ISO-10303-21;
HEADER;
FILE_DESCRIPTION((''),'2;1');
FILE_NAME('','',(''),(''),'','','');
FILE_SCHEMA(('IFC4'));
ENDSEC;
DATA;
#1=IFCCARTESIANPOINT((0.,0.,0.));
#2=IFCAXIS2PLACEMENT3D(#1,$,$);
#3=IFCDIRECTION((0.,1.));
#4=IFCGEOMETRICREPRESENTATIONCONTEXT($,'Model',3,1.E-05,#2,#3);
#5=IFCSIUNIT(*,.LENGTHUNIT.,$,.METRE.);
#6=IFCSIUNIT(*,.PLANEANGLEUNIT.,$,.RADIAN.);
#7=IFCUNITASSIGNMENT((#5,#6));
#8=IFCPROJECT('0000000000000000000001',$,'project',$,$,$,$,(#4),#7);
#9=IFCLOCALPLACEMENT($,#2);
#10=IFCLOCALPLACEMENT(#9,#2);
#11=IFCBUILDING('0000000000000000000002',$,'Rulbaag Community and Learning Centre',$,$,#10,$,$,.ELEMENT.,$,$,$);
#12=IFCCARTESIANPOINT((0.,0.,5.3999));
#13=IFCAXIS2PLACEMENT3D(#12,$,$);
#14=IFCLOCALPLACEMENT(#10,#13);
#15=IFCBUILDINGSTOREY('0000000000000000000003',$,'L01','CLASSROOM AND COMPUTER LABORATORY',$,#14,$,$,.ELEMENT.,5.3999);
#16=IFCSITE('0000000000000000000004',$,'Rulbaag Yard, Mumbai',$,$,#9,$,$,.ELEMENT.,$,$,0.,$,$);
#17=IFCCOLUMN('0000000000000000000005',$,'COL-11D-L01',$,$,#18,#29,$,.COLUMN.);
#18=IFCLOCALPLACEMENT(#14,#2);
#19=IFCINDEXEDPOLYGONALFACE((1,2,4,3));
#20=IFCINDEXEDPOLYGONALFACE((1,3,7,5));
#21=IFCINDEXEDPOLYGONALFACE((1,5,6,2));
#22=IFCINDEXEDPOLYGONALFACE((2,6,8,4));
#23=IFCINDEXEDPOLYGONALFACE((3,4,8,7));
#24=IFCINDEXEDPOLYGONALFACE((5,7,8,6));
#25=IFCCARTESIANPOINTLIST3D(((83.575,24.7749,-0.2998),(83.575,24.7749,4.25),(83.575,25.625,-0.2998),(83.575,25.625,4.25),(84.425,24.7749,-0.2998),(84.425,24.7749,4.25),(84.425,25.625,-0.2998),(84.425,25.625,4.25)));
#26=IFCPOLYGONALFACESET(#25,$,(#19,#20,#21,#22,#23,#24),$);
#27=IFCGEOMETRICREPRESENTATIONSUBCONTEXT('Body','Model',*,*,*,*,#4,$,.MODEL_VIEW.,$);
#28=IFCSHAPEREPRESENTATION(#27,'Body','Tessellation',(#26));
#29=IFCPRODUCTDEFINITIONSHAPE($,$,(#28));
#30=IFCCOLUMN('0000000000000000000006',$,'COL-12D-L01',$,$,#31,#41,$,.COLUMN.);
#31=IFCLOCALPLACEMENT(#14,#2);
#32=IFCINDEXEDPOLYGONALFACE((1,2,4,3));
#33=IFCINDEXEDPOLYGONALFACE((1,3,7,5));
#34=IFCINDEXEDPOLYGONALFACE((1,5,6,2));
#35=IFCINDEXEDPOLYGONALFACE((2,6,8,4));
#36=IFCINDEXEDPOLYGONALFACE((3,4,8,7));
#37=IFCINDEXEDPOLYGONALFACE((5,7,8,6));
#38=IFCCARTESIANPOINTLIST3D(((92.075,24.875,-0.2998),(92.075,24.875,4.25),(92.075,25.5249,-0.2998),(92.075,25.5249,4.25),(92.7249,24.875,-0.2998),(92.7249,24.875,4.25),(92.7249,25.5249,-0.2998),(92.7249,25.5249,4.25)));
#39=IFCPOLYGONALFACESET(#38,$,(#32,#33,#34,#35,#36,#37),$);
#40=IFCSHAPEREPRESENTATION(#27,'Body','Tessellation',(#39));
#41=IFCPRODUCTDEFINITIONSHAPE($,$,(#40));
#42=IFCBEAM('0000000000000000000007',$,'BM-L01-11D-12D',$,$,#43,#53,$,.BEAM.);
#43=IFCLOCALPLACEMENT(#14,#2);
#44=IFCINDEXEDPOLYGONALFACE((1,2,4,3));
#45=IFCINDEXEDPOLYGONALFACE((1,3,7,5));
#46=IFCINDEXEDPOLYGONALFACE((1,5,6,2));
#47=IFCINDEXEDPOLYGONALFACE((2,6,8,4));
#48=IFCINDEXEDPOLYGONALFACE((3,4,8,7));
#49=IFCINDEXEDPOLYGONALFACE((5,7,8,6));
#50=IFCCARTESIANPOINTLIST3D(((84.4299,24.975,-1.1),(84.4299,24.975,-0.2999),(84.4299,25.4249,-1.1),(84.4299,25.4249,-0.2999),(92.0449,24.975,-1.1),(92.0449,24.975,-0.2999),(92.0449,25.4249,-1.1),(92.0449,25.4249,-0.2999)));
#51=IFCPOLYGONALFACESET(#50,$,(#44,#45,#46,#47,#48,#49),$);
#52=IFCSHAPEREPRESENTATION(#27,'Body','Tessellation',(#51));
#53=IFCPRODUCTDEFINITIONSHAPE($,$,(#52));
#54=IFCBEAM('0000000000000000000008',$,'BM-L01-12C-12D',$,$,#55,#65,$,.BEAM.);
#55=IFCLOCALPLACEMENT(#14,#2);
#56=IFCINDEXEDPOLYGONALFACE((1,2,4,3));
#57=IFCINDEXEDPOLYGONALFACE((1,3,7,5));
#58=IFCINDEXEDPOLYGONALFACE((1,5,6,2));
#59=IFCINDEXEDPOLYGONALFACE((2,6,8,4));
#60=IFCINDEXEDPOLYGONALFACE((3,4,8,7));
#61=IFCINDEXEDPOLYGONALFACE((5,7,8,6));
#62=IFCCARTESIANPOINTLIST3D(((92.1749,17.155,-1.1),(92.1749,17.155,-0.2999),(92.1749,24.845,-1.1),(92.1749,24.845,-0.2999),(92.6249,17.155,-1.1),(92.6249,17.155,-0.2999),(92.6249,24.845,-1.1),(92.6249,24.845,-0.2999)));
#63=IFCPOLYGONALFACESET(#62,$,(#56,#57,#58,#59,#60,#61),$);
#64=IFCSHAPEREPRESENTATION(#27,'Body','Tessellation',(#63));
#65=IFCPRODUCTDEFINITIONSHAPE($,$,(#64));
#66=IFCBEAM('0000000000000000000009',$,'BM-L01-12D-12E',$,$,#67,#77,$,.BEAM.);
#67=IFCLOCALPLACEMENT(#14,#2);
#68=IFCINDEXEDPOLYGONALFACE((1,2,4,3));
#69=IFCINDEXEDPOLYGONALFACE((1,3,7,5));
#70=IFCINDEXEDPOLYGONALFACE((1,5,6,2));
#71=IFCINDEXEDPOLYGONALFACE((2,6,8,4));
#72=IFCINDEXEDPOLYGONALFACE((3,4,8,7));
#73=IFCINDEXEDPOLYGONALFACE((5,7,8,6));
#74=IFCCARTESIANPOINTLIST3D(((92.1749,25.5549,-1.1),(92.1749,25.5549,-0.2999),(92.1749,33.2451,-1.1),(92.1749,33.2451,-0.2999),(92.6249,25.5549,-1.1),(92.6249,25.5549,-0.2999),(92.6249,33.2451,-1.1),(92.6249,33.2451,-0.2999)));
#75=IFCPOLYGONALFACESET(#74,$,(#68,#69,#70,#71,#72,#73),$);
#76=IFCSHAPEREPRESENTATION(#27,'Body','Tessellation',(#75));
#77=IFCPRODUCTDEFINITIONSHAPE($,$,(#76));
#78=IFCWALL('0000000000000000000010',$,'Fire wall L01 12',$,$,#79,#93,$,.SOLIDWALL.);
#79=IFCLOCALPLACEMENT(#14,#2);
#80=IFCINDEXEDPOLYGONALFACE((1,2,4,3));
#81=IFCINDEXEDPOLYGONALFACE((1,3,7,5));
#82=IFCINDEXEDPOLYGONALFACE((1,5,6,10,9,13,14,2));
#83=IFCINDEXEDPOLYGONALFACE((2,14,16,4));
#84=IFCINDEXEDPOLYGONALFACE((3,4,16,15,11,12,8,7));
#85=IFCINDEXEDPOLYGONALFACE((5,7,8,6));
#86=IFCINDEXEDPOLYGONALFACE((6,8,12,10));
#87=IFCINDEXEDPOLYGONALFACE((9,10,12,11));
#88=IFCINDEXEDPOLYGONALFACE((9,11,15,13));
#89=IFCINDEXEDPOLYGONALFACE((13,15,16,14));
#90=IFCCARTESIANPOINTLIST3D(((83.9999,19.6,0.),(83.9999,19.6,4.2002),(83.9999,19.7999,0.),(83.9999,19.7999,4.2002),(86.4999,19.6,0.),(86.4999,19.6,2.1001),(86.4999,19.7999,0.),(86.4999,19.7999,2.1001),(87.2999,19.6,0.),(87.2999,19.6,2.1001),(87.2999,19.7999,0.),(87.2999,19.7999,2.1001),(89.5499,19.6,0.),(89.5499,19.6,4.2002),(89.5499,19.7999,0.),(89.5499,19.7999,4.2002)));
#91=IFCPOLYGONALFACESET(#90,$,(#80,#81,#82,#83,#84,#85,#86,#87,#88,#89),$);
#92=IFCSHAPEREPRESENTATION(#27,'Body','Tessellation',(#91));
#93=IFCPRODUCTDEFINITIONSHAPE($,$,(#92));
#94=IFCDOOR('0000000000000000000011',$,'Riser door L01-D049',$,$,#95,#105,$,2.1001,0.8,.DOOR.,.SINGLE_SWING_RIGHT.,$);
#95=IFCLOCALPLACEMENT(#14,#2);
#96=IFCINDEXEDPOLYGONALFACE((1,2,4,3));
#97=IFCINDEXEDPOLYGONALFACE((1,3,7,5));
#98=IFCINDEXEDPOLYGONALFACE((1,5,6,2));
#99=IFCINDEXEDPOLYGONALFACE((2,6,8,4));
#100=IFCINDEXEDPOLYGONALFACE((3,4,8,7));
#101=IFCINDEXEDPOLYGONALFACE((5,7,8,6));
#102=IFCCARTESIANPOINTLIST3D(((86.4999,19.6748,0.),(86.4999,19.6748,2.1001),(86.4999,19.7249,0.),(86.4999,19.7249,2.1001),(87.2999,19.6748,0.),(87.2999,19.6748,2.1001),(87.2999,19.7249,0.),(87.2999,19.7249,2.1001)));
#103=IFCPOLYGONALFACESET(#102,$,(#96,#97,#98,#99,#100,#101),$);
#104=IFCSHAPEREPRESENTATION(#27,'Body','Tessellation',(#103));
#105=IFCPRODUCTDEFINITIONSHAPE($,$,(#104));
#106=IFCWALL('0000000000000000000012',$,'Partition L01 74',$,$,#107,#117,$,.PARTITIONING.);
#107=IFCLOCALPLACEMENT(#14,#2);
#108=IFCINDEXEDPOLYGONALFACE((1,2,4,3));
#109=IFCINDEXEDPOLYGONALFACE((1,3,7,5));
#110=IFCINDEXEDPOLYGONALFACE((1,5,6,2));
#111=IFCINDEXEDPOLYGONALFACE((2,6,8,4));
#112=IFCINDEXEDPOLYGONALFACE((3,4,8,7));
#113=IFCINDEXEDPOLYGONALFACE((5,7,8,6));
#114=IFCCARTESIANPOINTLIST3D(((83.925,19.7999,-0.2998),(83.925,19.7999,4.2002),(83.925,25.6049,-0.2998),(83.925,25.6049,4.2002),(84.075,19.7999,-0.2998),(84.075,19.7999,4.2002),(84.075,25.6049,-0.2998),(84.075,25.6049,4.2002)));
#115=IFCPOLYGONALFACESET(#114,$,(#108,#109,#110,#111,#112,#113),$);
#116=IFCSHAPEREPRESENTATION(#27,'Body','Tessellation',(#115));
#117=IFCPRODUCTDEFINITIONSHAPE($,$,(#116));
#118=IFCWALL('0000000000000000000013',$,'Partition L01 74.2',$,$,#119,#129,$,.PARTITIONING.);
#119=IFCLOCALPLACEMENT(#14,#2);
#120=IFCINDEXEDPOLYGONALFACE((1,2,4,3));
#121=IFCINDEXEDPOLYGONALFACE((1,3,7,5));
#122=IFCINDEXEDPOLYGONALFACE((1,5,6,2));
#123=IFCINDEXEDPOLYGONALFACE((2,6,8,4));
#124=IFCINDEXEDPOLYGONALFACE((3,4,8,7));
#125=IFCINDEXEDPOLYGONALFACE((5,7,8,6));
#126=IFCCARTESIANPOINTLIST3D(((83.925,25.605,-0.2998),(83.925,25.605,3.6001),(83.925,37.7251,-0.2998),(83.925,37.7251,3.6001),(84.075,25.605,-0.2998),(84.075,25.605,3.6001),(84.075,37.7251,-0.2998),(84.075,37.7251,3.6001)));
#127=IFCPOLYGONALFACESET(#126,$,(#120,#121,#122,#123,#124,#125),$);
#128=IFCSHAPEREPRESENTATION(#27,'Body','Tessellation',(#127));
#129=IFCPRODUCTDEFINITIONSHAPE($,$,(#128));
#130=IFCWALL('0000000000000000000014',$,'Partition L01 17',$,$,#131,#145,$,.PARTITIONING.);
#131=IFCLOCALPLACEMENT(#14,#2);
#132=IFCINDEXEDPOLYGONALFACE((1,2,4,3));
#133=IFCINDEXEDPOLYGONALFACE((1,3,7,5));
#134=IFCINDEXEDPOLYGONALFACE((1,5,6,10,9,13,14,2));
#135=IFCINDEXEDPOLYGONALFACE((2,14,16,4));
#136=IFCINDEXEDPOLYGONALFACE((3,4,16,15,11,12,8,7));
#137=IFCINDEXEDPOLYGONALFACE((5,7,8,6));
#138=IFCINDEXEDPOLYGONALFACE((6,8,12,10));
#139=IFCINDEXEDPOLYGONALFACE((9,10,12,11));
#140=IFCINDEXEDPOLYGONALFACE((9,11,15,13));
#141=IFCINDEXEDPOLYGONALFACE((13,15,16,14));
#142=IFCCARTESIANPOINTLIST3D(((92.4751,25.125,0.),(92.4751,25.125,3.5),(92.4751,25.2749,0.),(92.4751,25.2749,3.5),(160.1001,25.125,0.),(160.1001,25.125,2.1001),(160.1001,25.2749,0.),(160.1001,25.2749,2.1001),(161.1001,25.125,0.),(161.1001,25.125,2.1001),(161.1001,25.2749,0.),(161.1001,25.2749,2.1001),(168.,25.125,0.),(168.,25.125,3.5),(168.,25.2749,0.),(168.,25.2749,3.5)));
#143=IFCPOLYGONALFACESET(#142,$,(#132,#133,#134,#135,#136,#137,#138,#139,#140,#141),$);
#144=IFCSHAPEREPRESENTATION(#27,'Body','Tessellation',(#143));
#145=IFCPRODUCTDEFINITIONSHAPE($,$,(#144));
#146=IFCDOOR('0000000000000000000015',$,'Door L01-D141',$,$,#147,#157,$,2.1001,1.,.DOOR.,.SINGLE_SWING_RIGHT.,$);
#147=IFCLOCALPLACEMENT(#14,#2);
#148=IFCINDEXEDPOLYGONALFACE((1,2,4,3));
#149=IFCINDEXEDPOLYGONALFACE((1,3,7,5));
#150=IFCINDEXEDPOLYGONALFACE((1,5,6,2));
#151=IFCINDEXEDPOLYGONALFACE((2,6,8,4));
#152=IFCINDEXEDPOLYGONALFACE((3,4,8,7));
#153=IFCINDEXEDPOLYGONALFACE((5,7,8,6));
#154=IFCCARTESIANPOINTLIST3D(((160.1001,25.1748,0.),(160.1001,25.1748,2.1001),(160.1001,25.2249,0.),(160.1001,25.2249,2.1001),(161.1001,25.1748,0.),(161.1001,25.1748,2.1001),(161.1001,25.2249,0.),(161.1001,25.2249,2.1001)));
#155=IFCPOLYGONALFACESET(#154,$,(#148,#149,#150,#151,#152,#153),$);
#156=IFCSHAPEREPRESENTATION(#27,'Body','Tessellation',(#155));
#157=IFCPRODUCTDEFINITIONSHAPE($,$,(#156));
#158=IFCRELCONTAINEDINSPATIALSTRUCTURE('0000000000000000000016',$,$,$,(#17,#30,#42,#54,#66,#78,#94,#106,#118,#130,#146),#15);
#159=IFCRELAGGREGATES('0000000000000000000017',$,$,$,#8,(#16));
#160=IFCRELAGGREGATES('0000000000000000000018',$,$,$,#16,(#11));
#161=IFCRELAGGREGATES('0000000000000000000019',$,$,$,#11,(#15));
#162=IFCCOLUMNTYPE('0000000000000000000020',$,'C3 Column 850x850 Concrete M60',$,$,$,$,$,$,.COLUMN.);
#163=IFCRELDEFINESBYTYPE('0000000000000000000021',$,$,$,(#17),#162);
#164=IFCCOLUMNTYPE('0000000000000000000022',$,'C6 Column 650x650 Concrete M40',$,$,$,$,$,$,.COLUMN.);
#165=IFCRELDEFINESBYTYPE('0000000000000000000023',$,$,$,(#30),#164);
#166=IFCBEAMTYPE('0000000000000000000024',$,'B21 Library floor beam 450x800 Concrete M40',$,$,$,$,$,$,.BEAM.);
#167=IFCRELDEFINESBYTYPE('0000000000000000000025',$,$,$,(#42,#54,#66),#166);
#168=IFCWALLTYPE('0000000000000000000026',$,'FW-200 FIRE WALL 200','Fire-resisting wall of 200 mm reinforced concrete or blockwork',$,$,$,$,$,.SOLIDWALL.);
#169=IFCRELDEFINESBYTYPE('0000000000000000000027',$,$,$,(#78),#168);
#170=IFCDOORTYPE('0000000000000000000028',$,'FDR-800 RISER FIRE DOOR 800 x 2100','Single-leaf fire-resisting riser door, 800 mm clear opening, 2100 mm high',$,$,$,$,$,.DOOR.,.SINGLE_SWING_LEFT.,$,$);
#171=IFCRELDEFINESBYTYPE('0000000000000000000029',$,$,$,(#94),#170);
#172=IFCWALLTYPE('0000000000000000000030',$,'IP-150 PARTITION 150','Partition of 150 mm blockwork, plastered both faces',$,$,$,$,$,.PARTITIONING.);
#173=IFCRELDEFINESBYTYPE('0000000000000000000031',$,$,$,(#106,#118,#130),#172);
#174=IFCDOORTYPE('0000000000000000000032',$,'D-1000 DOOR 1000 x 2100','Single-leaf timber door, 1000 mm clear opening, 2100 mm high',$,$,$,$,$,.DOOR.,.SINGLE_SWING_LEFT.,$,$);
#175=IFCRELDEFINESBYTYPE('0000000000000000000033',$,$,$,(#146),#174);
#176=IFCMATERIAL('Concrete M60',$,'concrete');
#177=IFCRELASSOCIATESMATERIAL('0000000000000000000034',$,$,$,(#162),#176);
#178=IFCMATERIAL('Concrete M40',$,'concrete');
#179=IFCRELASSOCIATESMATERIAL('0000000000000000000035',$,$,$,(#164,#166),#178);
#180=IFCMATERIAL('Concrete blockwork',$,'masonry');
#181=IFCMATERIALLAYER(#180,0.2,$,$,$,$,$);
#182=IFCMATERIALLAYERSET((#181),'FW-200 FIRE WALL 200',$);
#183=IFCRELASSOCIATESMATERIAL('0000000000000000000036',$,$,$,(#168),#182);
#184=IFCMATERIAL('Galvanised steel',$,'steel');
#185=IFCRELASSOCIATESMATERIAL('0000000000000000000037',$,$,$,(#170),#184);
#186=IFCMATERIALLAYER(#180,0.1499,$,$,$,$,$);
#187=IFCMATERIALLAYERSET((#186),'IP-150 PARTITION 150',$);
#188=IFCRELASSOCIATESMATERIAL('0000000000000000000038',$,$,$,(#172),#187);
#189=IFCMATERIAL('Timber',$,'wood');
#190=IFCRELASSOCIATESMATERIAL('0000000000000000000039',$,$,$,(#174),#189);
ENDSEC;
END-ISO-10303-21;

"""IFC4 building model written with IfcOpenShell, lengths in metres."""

from ifc_helpers import new_model, si_unit, direction, frame, frame_2d, origin, origin_2d, place, context, subcontext, project, spatial, rectangle, extrude, material, layer, layer_set, material_profile, profile_set, type_object, element, fill, save


model = new_model("IFC4")

# Units and contexts
model_context = context("Model", 3, precision=1e-05, world=origin(), true_north=direction((0.0, 1.0)))
body_context = subcontext(model_context, "Body", "Model", "MODEL_VIEW")
ifc_project = project(units=[si_unit("LENGTHUNIT", "METRE"), si_unit("PLANEANGLEUNIT", "RADIAN")], contexts=[model_context])

# Site, building, storey
site_placement = place(None, origin())
site = spatial("IfcSite", under=ifc_project, at=site_placement, Name="Rulbaag Yard, Mumbai", CompositionType="ELEMENT", RefElevation=0.0)
building_placement = place(site_placement, origin())
building = spatial("IfcBuilding", under=site, at=building_placement, Name="Rulbaag Community and Learning Centre", CompositionType="ELEMENT")
storey_placement = place(building_placement, frame((0.0, 0.0, 5.3999)))
storey = spatial("IfcBuildingStorey", under=building, at=storey_placement, Name="L01", Description="CLASSROOM AND COMPUTER LABORATORY", CompositionType="ELEMENT", Elevation=5.3999)

# Columns
ifc_material_1 = material(Name="Concrete M60", Category="concrete")
ifc_material_profile_1 = material_profile(ifc_material_1, rectangle(XDim=0.8501, YDim=0.8501, at=origin_2d()), Name="RC850x850")
ifc_profile_set_1 = profile_set([ifc_material_profile_1], Name="Concrete M60")
column_type_1 = type_object("IfcColumnType", Name="C3 Column 850x850 Concrete M60", PredefinedType="COLUMN", material=ifc_profile_set_1)
column_1_placement = place(storey_placement, frame((84.0, 25.2, -0.2998), z_axis=(0.0, 0.0, 1.0), x_axis=(1.0, 0.0, 0.0)))
element("IfcColumn", 1, at=column_1_placement, inside=storey, type_object=column_type_1, Name="COL-11D-L01", PredefinedType="COLUMN", context=body_context, shape_type="SweptSolid", body=[
    extrude(rectangle(XDim=0.8501, YDim=0.8501, at=origin_2d()), origin(), (0.0, 0.0, 1.0), 4.5498),
])
ifc_material_2 = material(Name="Concrete M40", Category="concrete")
ifc_material_profile_2 = material_profile(ifc_material_2, rectangle(XDim=0.6499, YDim=0.6499, at=origin_2d()), Name="RC650x650")
ifc_profile_set_2 = profile_set([ifc_material_profile_2], Name="Concrete M40")
column_type_2 = type_object("IfcColumnType", Name="C6 Column 650x650 Concrete M40", PredefinedType="COLUMN", material=ifc_profile_set_2)
column_2_placement = place(storey_placement, frame((92.3999, 25.2, -0.2998), z_axis=(0.0, 0.0, 1.0), x_axis=(1.0, 0.0, 0.0)))
element("IfcColumn", 2, at=column_2_placement, inside=storey, type_object=column_type_2, Name="COL-12D-L01", PredefinedType="COLUMN", context=body_context, shape_type="SweptSolid", body=[
    extrude(rectangle(XDim=0.6499, YDim=0.6499, at=origin_2d()), origin(), (0.0, 0.0, 1.0), 4.5498),
])

# Beams
ifc_material_profile_3 = material_profile(ifc_material_2, rectangle(XDim=0.45, YDim=0.8, at=origin_2d()), Name="RB450x800")
ifc_profile_set_3 = profile_set([ifc_material_profile_3], Name="Concrete M40")
beam_type = type_object("IfcBeamType", Name="B21 Library floor beam 450x800 Concrete M40", PredefinedType="BEAM", material=ifc_profile_set_3)
beam_1_placement = place(storey_placement, frame((84.4299, 25.2, -0.7), z_axis=(1.0, 0.0, 0.0), x_axis=(0.0, 1.0, 0.0)))
element("IfcBeam", 3, at=beam_1_placement, inside=storey, type_object=beam_type, Name="BM-L01-11D-12D", PredefinedType="BEAM", context=body_context, shape_type="SweptSolid", body=[
    extrude(rectangle(XDim=0.45, YDim=0.8, at=origin_2d()), origin(), (0.0, 0.0, 1.0), 7.615),
])
beam_2_placement = place(storey_placement, frame((92.3999, 17.155, -0.7), z_axis=(0.0, 1.0, 0.0), x_axis=(-1.0, 0.0, 0.0)))
element("IfcBeam", 4, at=beam_2_placement, inside=storey, type_object=beam_type, Name="BM-L01-12C-12D", PredefinedType="BEAM", context=body_context, shape_type="SweptSolid", body=[
    extrude(rectangle(XDim=0.45, YDim=0.8, at=origin_2d()), origin(), (0.0, 0.0, 1.0), 7.6899),
])
beam_3_placement = place(storey_placement, frame((92.3999, 25.5549, -0.7), z_axis=(0.0, 1.0, 0.0), x_axis=(-1.0, 0.0, 0.0)))
element("IfcBeam", 5, at=beam_3_placement, inside=storey, type_object=beam_type, Name="BM-L01-12D-12E", PredefinedType="BEAM", context=body_context, shape_type="SweptSolid", body=[
    extrude(rectangle(XDim=0.45, YDim=0.8, at=origin_2d()), origin(), (0.0, 0.0, 1.0), 7.6902),
])

# Wall, opening, door
ifc_material_3 = material(Name="Concrete blockwork", Category="masonry")
ifc_layer_1 = layer(ifc_material_3, 0.2)
ifc_layer_set_1 = layer_set([ifc_layer_1], Name="FW-200 FIRE WALL 200")
wall_type_1 = type_object("IfcWallType", Name="FW-200 FIRE WALL 200", Description="Fire-resisting wall of 200 mm reinforced concrete or blockwork", PredefinedType="SOLIDWALL", material=ifc_layer_set_1)
wall_1_placement = place(storey_placement, frame((84.0, 19.7, 0.0), z_axis=(0.0, 0.0, 1.0), x_axis=(1.0, 0.0, 0.0)))
wall_1 = element("IfcWall", 6, at=wall_1_placement, inside=storey, type_object=wall_type_1, Name="Fire wall L01 12", PredefinedType="SOLIDWALL", context=body_context, shape_type="SweptSolid", body=[
    extrude(rectangle(XDim=5.55, YDim=0.2, at=frame_2d((2.7749, 0.0))), origin(), (0.0, 0.0, 1.0), 4.2002),
])
opening_1_placement = place(wall_1_placement, frame((2.5, 0.0, 0.0)))
opening_1 = element("IfcOpeningElement", 7, at=opening_1_placement, cuts=wall_1, PredefinedType="OPENING", context=body_context, shape_type="SweptSolid", body=[
    extrude(rectangle(XDim=0.8, YDim=2.1001, at=frame_2d((0.3999, 1.05))), frame((0.0, 0.1099, 0.0), z_axis=(0.0, -1.0, 0.0), x_axis=(1.0, 0.0, 0.0)), (0.0, 0.0, 1.0), 0.22),
])
ifc_material_4 = material(Name="Galvanised steel", Category="steel")
door_type_1 = type_object("IfcDoorType", Name="FDR-800 RISER FIRE DOOR 800 x 2100", Description="Single-leaf fire-resisting riser door, 800 mm clear opening, 2100 mm high", OperationType="SINGLE_SWING_LEFT", PredefinedType="DOOR", material=ifc_material_4)
door_1_placement = place(opening_1_placement, origin())
door_1 = element("IfcDoor", 8, at=door_1_placement, inside=storey, type_object=door_type_1, Name="Riser door L01-D049", OperationType="SINGLE_SWING_RIGHT", OverallHeight=2.1001, OverallWidth=0.8, PredefinedType="DOOR", context=body_context, shape_type="SweptSolid", body=[
    extrude(rectangle(XDim=0.8, YDim=2.1001, at=frame_2d((0.3999, 1.05))), frame((0.0, 0.0249, 0.0), z_axis=(0.0, -1.0, 0.0), x_axis=(1.0, 0.0, 0.0)), (0.0, 0.0, 1.0), 0.05),
])
fill(opening_1, door_1)

# Walls
ifc_layer_2 = layer(ifc_material_3, 0.1499)
ifc_layer_set_2 = layer_set([ifc_layer_2], Name="IP-150 PARTITION 150")
wall_type_2 = type_object("IfcWallType", Name="IP-150 PARTITION 150", Description="Partition of 150 mm blockwork, plastered both faces", PredefinedType="PARTITIONING", material=ifc_layer_set_2)
wall_2_placement = place(storey_placement, frame((84.0, 19.8, -0.2998), z_axis=(0.0, 0.0, 1.0), x_axis=(0.0, 1.0, 0.0)))
element("IfcWall", 9, at=wall_2_placement, inside=storey, type_object=wall_type_2, Name="Partition L01 74", PredefinedType="PARTITIONING", context=body_context, shape_type="SweptSolid", body=[
    extrude(rectangle(XDim=5.8049, YDim=0.1499, at=frame_2d((2.9023, 0.0))), origin(), (0.0, 0.0, 1.0), 4.5),
])
wall_3_placement = place(storey_placement, frame((84.0, 25.605, -0.2998), z_axis=(0.0, 0.0, 1.0), x_axis=(0.0, 1.0, 0.0)))
element("IfcWall", 10, at=wall_3_placement, inside=storey, type_object=wall_type_2, Name="Partition L01 74.2", PredefinedType="PARTITIONING", context=body_context, shape_type="SweptSolid", body=[
    extrude(rectangle(XDim=12.1201, YDim=0.1499, at=frame_2d((6.0601, 0.0))), origin(), (0.0, 0.0, 1.0), 3.8999),
])

# Wall, opening, door
wall_4_placement = place(storey_placement, frame((92.4751, 25.2, 0.0), z_axis=(0.0, 0.0, 1.0), x_axis=(1.0, 0.0, 0.0)))
wall_4 = element("IfcWall", 11, at=wall_4_placement, inside=storey, type_object=wall_type_2, Name="Partition L01 17", PredefinedType="PARTITIONING", context=body_context, shape_type="SweptSolid", body=[
    extrude(rectangle(XDim=75.5249, YDim=0.1499, at=frame_2d((37.7625, 0.0))), origin(), (0.0, 0.0, 1.0), 3.5),
])
opening_2_placement = place(wall_4_placement, frame((67.625, 0.0, 0.0)))
opening_2 = element("IfcOpeningElement", 12, at=opening_2_placement, cuts=wall_4, PredefinedType="OPENING", context=body_context, shape_type="SweptSolid", body=[
    extrude(rectangle(XDim=1.0, YDim=2.1001, at=frame_2d((0.5, 1.05))), frame((0.0, 0.085, 0.0), z_axis=(0.0, -1.0, 0.0), x_axis=(1.0, 0.0, 0.0)), (0.0, 0.0, 1.0), 0.1699),
])
ifc_material_5 = material(Name="Timber", Category="wood")
door_type_2 = type_object("IfcDoorType", Name="D-1000 DOOR 1000 x 2100", Description="Single-leaf timber door, 1000 mm clear opening, 2100 mm high", OperationType="SINGLE_SWING_LEFT", PredefinedType="DOOR", material=ifc_material_5)
door_2_placement = place(opening_2_placement, origin())
door_2 = element("IfcDoor", 13, at=door_2_placement, inside=storey, type_object=door_type_2, Name="Door L01-D141", OperationType="SINGLE_SWING_RIGHT", OverallHeight=2.1001, OverallWidth=1.0, PredefinedType="DOOR", context=body_context, shape_type="SweptSolid", body=[
    extrude(rectangle(XDim=1.0, YDim=2.1001, at=frame_2d((0.5, 1.05))), frame((0.0, 0.0249, 0.0), z_axis=(0.0, -1.0, 0.0), x_axis=(1.0, 0.0, 0.0)), (0.0, 0.0, 1.0), 0.05),
])
fill(opening_2, door_2)

save(model, "model.ifc")
